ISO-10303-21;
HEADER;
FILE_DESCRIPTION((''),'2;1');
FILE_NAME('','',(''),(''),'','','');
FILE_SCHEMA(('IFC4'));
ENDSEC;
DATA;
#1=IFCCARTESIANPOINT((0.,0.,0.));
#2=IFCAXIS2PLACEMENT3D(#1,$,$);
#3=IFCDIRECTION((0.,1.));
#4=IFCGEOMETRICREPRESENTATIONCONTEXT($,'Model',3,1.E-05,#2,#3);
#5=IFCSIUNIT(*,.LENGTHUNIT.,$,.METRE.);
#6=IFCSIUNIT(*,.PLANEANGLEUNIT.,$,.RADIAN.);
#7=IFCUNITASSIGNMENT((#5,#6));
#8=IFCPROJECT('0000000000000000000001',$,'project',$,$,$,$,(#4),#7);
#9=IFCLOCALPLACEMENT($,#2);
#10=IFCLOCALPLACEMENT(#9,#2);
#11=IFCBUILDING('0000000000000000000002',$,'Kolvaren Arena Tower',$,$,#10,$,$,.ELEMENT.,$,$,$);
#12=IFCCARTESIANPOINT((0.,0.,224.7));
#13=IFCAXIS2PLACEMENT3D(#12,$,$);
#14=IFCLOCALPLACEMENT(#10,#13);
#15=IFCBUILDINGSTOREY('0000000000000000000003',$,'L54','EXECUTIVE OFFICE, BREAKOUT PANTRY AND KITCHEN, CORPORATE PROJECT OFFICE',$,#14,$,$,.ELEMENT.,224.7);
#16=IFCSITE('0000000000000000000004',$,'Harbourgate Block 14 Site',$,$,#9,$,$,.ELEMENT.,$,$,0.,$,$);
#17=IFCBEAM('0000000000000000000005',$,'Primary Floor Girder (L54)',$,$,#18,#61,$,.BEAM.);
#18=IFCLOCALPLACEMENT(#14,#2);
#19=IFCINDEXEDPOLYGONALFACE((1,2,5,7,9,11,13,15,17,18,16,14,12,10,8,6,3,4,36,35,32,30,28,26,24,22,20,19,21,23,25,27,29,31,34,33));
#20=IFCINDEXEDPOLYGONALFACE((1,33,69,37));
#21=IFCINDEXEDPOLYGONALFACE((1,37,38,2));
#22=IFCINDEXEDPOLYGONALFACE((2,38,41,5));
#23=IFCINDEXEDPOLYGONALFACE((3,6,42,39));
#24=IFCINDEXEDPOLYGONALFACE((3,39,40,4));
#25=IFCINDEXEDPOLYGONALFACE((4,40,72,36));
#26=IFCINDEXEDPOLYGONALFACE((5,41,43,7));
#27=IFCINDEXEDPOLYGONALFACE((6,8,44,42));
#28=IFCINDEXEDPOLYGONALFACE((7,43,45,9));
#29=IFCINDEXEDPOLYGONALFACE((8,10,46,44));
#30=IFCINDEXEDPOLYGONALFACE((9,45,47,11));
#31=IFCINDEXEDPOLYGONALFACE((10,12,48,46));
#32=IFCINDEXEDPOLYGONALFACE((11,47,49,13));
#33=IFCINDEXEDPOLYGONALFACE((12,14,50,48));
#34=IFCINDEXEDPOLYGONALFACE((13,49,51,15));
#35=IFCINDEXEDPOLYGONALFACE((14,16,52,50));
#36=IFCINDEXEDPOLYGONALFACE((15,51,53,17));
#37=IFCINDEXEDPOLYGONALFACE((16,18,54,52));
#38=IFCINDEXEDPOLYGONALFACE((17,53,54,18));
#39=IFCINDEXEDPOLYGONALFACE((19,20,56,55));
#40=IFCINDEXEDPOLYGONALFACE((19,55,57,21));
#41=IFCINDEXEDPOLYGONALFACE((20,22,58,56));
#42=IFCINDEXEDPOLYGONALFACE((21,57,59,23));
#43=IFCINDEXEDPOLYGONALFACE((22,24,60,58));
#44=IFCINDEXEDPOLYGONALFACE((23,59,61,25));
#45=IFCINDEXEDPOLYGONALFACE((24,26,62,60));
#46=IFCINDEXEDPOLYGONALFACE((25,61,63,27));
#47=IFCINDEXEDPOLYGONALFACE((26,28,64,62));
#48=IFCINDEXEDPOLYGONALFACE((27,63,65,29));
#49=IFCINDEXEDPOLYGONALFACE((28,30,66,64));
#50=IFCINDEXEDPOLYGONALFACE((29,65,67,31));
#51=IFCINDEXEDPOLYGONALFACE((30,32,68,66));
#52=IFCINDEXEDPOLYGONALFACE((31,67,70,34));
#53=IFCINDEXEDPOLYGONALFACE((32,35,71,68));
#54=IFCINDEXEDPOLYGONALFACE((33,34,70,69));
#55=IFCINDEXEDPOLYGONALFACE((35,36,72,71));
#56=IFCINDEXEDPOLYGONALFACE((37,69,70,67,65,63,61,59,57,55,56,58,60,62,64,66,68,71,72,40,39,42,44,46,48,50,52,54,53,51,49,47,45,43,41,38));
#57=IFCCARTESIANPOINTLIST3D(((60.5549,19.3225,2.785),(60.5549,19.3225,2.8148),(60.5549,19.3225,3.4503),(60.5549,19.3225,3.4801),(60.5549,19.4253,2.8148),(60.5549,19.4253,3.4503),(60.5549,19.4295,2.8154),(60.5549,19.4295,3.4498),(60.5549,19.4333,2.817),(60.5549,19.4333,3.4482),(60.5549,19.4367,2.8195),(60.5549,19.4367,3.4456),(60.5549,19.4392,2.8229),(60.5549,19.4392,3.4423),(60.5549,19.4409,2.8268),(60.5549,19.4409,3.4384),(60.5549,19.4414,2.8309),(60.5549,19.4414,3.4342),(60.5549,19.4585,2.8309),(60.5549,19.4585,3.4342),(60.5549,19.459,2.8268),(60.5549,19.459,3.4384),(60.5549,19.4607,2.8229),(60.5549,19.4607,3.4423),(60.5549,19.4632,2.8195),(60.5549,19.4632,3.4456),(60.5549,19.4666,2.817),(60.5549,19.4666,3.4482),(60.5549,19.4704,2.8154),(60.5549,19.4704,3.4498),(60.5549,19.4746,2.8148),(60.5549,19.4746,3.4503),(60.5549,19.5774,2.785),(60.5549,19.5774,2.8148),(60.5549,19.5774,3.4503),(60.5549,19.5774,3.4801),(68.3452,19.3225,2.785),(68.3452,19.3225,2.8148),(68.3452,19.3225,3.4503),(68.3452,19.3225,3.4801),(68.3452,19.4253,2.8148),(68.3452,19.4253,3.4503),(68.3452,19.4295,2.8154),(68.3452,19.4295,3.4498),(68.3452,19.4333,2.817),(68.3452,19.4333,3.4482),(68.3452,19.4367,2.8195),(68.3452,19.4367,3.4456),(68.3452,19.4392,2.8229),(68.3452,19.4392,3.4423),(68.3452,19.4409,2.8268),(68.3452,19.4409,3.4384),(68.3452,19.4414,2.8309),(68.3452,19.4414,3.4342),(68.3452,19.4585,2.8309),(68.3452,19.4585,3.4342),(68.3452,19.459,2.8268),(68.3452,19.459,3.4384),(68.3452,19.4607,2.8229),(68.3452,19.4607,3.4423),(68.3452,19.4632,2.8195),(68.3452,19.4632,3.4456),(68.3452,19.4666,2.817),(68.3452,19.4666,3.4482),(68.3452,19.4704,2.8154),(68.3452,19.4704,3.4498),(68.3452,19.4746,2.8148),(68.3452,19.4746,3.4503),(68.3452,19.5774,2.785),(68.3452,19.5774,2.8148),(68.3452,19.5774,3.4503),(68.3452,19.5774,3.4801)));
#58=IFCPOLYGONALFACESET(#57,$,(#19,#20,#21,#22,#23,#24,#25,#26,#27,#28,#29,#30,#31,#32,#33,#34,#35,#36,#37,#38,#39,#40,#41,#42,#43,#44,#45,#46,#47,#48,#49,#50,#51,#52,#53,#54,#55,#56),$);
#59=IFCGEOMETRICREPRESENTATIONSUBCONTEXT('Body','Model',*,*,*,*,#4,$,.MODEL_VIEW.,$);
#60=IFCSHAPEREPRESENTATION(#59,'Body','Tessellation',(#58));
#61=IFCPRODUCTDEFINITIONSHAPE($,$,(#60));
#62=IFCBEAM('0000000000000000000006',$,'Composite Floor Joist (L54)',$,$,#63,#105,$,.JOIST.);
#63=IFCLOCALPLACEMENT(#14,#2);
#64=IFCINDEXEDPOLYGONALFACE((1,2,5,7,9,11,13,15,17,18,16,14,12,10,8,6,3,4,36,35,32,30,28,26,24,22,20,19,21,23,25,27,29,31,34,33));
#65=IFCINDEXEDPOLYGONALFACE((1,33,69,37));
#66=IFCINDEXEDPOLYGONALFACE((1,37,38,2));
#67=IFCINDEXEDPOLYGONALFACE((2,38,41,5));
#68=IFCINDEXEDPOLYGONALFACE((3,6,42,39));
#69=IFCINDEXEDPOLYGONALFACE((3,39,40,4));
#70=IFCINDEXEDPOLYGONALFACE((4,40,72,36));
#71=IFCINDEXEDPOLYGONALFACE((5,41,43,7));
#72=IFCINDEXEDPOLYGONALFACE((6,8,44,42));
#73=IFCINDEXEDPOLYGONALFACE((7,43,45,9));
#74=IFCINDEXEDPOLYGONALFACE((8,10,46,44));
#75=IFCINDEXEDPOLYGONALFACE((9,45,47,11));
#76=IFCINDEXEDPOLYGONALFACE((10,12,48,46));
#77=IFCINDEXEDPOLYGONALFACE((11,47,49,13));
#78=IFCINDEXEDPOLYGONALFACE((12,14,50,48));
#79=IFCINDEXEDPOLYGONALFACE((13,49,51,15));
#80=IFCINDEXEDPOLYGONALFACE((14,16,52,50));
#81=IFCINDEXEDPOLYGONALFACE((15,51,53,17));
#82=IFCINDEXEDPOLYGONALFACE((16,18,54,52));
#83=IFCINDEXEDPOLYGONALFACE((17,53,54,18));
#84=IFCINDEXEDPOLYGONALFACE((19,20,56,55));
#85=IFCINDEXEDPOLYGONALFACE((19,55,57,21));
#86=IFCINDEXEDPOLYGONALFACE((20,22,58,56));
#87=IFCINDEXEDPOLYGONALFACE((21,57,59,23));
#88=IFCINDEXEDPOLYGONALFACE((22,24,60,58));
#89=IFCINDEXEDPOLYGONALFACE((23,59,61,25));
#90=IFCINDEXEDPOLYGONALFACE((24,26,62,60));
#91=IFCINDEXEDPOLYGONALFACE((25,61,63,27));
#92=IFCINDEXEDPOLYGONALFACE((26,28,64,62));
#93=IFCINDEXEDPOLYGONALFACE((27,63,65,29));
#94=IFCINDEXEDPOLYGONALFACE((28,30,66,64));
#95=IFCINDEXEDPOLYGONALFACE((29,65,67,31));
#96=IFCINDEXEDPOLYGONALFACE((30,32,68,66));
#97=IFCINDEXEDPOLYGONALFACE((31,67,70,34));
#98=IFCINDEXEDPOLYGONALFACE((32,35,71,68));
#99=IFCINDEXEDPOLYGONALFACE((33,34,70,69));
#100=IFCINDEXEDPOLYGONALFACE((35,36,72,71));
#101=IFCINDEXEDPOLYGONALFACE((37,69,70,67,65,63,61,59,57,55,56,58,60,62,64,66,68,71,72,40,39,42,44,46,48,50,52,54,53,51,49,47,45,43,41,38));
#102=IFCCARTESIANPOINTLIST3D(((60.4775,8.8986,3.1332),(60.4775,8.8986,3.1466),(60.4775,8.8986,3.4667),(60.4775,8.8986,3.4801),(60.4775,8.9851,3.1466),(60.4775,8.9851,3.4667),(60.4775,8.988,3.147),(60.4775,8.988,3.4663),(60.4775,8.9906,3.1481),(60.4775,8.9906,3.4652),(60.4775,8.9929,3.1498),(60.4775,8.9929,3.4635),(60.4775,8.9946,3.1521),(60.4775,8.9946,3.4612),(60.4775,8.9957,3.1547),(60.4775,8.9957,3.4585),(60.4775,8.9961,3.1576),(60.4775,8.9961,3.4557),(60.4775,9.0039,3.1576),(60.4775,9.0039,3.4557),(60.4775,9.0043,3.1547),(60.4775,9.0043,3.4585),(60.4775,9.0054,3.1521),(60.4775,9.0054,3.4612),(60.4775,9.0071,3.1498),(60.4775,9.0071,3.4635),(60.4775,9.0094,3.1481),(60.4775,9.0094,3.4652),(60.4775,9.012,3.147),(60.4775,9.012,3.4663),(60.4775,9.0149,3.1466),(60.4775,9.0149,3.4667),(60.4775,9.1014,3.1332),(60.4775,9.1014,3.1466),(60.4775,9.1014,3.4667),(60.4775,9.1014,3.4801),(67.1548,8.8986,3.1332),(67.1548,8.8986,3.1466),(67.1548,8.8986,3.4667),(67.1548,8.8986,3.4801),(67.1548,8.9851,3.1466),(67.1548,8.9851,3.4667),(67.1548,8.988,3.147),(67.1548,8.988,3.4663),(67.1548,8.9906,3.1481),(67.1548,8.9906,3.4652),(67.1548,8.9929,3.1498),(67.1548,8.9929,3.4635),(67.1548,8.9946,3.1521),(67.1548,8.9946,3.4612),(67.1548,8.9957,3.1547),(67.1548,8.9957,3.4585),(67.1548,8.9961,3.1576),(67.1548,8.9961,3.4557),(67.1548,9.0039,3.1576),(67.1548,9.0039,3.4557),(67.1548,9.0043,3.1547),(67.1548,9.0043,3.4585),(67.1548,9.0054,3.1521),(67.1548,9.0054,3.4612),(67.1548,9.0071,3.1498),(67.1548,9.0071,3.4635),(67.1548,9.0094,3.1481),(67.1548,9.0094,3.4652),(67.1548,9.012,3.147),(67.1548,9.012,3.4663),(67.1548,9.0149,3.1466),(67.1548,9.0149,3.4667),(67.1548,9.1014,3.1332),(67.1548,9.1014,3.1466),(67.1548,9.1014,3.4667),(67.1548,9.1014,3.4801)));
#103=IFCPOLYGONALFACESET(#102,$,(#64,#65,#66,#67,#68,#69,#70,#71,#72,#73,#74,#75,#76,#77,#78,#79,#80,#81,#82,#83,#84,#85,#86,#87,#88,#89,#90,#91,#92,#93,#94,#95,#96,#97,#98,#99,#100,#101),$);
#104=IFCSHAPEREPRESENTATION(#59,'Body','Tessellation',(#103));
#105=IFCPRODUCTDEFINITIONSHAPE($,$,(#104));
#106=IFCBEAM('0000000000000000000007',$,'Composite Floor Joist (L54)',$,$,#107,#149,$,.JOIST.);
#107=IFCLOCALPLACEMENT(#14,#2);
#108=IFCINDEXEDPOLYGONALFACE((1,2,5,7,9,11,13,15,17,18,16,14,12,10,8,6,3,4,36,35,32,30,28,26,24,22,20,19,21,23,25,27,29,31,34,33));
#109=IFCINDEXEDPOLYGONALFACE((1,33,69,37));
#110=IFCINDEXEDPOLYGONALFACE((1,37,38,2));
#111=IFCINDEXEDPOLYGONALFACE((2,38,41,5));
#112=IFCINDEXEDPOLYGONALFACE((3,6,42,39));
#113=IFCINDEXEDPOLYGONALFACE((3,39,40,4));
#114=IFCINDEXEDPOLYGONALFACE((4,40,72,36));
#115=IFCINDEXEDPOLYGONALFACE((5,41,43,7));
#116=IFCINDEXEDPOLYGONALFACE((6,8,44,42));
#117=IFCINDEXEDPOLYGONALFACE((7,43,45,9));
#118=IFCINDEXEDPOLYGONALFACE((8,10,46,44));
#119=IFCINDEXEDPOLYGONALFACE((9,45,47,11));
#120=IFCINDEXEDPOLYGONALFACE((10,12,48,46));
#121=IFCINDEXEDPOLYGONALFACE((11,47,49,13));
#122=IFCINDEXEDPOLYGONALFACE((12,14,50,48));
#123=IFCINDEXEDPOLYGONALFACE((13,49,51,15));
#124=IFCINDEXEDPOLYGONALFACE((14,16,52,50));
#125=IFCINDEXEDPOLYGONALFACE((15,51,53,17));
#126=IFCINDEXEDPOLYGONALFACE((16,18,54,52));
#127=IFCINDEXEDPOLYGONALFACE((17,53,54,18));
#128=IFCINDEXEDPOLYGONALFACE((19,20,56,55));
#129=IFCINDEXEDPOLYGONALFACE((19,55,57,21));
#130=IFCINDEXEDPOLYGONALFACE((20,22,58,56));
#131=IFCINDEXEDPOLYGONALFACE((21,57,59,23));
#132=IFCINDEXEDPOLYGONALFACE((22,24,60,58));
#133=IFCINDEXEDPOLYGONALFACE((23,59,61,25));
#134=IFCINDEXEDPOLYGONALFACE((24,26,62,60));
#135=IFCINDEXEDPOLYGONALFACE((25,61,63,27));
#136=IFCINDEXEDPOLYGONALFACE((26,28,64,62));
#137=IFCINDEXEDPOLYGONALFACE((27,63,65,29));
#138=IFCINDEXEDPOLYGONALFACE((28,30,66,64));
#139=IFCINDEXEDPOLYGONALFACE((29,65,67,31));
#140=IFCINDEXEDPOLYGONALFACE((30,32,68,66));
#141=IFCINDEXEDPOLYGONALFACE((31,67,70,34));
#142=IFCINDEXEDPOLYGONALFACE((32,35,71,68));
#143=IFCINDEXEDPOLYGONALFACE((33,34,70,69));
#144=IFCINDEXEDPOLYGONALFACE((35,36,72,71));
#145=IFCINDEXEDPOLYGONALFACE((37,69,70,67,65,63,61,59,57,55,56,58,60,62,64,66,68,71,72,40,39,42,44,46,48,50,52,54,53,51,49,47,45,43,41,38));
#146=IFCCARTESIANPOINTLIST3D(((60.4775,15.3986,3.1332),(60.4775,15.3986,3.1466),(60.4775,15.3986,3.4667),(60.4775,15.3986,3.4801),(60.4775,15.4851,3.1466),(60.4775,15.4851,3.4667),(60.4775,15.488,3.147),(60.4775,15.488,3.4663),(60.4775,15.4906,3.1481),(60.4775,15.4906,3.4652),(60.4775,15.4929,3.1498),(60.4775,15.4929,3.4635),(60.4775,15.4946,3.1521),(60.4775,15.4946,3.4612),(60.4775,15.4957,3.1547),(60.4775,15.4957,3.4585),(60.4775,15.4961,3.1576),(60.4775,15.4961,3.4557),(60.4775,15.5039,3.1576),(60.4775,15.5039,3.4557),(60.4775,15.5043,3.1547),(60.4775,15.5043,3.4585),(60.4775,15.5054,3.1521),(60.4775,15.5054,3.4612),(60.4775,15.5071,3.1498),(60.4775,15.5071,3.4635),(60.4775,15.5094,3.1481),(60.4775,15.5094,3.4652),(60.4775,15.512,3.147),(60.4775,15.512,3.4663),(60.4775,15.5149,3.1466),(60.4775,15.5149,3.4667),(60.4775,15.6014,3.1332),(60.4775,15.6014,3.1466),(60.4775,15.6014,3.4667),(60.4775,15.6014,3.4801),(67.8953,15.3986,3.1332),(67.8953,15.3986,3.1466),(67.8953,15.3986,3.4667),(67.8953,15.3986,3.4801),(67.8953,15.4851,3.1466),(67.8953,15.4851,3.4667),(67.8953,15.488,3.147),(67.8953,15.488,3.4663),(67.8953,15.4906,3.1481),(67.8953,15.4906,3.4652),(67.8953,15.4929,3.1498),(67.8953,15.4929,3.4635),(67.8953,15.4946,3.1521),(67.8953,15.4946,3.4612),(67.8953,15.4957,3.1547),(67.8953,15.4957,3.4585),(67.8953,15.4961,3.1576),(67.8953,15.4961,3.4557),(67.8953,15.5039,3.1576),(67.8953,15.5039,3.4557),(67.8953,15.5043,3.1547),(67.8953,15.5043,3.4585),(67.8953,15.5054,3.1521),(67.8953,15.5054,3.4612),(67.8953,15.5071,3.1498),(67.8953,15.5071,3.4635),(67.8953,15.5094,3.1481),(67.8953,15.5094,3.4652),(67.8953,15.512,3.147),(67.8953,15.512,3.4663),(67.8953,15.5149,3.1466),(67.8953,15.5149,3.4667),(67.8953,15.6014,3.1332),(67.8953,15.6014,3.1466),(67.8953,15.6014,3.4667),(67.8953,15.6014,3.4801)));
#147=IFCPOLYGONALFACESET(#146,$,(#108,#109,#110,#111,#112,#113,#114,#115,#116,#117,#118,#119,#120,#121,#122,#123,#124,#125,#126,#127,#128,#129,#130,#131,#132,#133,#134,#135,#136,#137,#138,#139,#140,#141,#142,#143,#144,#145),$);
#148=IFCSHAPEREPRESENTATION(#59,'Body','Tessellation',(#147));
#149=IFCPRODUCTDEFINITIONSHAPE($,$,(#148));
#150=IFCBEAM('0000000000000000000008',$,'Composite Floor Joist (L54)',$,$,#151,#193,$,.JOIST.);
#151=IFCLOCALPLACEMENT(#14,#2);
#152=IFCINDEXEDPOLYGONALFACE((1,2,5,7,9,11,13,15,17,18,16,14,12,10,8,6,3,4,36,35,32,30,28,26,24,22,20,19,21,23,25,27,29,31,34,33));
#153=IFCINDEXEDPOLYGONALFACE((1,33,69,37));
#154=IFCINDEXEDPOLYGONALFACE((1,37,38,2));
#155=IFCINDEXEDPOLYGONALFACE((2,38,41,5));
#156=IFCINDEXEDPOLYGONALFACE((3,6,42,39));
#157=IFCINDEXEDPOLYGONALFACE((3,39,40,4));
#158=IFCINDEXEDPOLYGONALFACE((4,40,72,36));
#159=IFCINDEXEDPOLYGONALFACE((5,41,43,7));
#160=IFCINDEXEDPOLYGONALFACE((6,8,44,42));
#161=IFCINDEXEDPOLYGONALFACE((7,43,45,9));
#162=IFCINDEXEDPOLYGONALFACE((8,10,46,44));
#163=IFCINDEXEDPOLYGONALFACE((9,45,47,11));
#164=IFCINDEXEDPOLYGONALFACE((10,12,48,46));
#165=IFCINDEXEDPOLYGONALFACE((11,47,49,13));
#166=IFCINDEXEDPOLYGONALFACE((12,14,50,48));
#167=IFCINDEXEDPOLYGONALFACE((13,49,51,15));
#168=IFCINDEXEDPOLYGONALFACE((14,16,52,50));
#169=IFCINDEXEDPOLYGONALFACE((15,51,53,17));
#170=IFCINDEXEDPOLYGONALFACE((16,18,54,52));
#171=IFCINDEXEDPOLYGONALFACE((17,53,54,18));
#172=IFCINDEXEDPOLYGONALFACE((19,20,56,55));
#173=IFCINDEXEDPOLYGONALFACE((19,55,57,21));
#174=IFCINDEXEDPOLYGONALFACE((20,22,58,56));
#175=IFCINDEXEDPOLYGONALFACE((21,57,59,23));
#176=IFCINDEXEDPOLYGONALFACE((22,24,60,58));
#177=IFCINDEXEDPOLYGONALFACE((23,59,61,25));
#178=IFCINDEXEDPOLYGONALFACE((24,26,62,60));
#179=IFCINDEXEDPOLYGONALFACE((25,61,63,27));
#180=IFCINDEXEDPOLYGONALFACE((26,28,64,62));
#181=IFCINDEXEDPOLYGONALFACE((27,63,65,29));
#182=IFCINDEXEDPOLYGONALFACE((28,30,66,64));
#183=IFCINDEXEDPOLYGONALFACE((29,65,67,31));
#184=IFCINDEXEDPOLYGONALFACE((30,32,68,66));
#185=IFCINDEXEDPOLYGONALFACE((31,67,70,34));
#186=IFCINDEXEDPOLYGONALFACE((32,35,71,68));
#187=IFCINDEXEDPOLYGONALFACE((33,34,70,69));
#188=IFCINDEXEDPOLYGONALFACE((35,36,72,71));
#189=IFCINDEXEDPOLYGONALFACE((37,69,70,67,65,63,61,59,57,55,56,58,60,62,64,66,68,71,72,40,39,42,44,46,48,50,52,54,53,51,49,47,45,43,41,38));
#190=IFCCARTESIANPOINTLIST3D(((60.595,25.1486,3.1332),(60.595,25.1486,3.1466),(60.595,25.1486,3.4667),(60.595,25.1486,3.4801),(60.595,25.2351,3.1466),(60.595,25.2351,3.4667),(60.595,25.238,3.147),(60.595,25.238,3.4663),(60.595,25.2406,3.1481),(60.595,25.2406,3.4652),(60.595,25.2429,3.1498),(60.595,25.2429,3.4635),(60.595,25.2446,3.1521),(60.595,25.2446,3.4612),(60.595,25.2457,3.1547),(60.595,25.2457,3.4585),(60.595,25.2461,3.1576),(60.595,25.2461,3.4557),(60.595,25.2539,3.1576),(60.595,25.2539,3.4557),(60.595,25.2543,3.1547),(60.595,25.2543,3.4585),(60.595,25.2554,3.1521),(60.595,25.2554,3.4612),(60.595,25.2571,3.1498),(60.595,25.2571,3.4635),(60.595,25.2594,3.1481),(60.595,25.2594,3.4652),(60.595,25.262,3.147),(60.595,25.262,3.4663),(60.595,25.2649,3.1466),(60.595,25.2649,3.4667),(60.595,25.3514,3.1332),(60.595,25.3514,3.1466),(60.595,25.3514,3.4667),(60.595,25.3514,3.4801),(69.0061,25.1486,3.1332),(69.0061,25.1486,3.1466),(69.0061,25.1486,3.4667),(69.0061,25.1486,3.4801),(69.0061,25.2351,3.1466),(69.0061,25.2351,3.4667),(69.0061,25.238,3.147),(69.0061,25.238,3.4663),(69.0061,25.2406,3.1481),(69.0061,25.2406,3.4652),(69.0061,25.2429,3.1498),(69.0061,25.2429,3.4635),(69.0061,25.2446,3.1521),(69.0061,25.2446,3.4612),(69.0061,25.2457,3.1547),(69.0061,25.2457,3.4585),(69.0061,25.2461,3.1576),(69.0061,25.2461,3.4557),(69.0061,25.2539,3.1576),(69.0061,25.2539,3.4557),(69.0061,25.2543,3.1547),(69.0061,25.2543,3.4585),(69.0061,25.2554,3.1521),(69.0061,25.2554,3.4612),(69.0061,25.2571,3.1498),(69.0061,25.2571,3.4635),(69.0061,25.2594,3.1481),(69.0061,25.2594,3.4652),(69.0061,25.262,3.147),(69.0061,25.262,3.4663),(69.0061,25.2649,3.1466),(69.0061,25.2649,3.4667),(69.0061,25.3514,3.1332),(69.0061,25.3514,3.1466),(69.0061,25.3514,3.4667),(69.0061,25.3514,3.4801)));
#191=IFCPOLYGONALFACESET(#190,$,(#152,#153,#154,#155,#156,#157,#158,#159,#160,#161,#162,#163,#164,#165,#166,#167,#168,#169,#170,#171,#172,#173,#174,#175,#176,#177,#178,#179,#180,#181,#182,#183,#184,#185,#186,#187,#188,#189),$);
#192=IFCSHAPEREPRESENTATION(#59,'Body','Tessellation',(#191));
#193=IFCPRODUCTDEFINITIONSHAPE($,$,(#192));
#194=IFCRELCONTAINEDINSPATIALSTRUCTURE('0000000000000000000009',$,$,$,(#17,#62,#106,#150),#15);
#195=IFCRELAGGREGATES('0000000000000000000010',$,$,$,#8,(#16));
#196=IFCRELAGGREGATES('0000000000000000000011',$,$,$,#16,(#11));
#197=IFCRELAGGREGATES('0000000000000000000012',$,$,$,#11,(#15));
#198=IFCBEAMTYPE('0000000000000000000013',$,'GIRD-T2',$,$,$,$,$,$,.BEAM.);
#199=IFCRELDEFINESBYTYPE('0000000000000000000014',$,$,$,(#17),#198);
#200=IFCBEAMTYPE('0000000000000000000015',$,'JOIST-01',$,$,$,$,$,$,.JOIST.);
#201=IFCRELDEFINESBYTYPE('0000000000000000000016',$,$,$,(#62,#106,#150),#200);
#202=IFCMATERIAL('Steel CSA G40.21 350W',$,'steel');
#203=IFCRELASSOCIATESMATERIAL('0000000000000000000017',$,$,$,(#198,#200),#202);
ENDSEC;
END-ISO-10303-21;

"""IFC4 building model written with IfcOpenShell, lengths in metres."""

from ifc_helpers import new_model, si_unit, direction, frame, origin, origin_2d, place, context, subcontext, project, spatial, i_section, extrude, material, material_profile, profile_set, type_object, element, save


model = new_model("IFC4")

# Units and contexts
model_context = context("Model", 3, precision=1e-05, world=origin(), true_north=direction((0.0, 1.0)))
body_context = subcontext(model_context, "Body", "Model", "MODEL_VIEW")
ifc_project = project(units=[si_unit("LENGTHUNIT", "METRE"), si_unit("PLANEANGLEUNIT", "RADIAN")], contexts=[model_context])

# Site, building, storey
site_placement = place(None, origin())
site = spatial("IfcSite", under=ifc_project, at=site_placement, Name="Harbourgate Block 14 Site", CompositionType="ELEMENT", RefElevation=0.0)
building_placement = place(site_placement, origin())
building = spatial("IfcBuilding", under=site, at=building_placement, Name="Kolvaren Arena Tower", CompositionType="ELEMENT")
storey_placement = place(building_placement, frame((0.0, 0.0, 224.7)))
storey = spatial("IfcBuildingStorey", under=building, at=storey_placement, Name="L54", Description="EXECUTIVE OFFICE, BREAKOUT PANTRY AND KITCHEN, CORPORATE PROJECT OFFICE", CompositionType="ELEMENT", Elevation=224.7)

# Beams
ifc_material_1 = material(Name="Steel CSA G40.21 350W", Category="steel")
ifc_material_profile_1 = material_profile(ifc_material_1, i_section(OverallWidth=0.2549, OverallDepth=0.6951, WebThickness=0.0171, FlangeThickness=0.0298, FilletRadius=0.0161, at=origin_2d()), Name="W690x217")
ifc_profile_set_1 = profile_set([ifc_material_profile_1], Name="Steel CSA G40.21 350W")
beam_type_1 = type_object("IfcBeamType", Name="GIRD-T2", PredefinedType="BEAM", material=ifc_profile_set_1)
beam_1_placement = place(storey_placement, frame((60.5549, 19.45, 3.1326), z_axis=(1.0, 0.0, 0.0), x_axis=(0.0, 1.0, 0.0)))
element("IfcBeam", 1, at=beam_1_placement, inside=storey, type_object=beam_type_1, Name="Primary Floor Girder (L54)", PredefinedType="BEAM", context=body_context, shape_type="SweptSolid", body=[
    extrude(i_section(OverallWidth=0.2549, OverallDepth=0.6951, WebThickness=0.0171, FlangeThickness=0.0298, FilletRadius=0.0161, at=origin_2d()), origin(), (0.0, 0.0, 1.0), 7.7903),
])
ifc_material_profile_2 = material_profile(ifc_material_1, i_section(OverallWidth=0.2029, OverallDepth=0.3469, WebThickness=0.0078, FlangeThickness=0.0134, FilletRadius=0.011, at=origin_2d()), Name="W360x64")
ifc_profile_set_2 = profile_set([ifc_material_profile_2], Name="Steel CSA G40.21 350W")
beam_type_2 = type_object("IfcBeamType", Name="JOIST-01", PredefinedType="JOIST", material=ifc_profile_set_2)
beam_2_placement = place(storey_placement, frame((60.4775, 9.0, 3.3066), z_axis=(1.0, 0.0, 0.0), x_axis=(0.0, 1.0, 0.0)))
element("IfcBeam", 2, at=beam_2_placement, inside=storey, type_object=beam_type_2, Name="Composite Floor Joist (L54)", PredefinedType="JOIST", context=body_context, shape_type="SweptSolid", body=[
    extrude(i_section(OverallWidth=0.2029, OverallDepth=0.3469, WebThickness=0.0078, FlangeThickness=0.0134, FilletRadius=0.011, at=origin_2d()), origin(), (0.0, 0.0, 1.0), 6.6772),
])
beam_3_placement = place(storey_placement, frame((60.4775, 15.5, 3.3066), z_axis=(1.0, 0.0, 0.0), x_axis=(0.0, 1.0, 0.0)))
element("IfcBeam", 3, at=beam_3_placement, inside=storey, type_object=beam_type_2, Name="Composite Floor Joist (L54)", PredefinedType="JOIST", context=body_context, shape_type="SweptSolid", body=[
    extrude(i_section(OverallWidth=0.2029, OverallDepth=0.3469, WebThickness=0.0078, FlangeThickness=0.0134, FilletRadius=0.011, at=origin_2d()), origin(), (0.0, 0.0, 1.0), 7.4177),
])
beam_4_placement = place(storey_placement, frame((60.595, 25.25, 3.3066), z_axis=(1.0, 0.0, 0.0), x_axis=(0.0, 1.0, 0.0)))
element("IfcBeam", 4, at=beam_4_placement, inside=storey, type_object=beam_type_2, Name="Composite Floor Joist (L54)", PredefinedType="JOIST", context=body_context, shape_type="SweptSolid", body=[
    extrude(i_section(OverallWidth=0.2029, OverallDepth=0.3469, WebThickness=0.0078, FlangeThickness=0.0134, FilletRadius=0.011, at=origin_2d()), origin(), (0.0, 0.0, 1.0), 8.4111),
])

save(model, "model.ifc")
